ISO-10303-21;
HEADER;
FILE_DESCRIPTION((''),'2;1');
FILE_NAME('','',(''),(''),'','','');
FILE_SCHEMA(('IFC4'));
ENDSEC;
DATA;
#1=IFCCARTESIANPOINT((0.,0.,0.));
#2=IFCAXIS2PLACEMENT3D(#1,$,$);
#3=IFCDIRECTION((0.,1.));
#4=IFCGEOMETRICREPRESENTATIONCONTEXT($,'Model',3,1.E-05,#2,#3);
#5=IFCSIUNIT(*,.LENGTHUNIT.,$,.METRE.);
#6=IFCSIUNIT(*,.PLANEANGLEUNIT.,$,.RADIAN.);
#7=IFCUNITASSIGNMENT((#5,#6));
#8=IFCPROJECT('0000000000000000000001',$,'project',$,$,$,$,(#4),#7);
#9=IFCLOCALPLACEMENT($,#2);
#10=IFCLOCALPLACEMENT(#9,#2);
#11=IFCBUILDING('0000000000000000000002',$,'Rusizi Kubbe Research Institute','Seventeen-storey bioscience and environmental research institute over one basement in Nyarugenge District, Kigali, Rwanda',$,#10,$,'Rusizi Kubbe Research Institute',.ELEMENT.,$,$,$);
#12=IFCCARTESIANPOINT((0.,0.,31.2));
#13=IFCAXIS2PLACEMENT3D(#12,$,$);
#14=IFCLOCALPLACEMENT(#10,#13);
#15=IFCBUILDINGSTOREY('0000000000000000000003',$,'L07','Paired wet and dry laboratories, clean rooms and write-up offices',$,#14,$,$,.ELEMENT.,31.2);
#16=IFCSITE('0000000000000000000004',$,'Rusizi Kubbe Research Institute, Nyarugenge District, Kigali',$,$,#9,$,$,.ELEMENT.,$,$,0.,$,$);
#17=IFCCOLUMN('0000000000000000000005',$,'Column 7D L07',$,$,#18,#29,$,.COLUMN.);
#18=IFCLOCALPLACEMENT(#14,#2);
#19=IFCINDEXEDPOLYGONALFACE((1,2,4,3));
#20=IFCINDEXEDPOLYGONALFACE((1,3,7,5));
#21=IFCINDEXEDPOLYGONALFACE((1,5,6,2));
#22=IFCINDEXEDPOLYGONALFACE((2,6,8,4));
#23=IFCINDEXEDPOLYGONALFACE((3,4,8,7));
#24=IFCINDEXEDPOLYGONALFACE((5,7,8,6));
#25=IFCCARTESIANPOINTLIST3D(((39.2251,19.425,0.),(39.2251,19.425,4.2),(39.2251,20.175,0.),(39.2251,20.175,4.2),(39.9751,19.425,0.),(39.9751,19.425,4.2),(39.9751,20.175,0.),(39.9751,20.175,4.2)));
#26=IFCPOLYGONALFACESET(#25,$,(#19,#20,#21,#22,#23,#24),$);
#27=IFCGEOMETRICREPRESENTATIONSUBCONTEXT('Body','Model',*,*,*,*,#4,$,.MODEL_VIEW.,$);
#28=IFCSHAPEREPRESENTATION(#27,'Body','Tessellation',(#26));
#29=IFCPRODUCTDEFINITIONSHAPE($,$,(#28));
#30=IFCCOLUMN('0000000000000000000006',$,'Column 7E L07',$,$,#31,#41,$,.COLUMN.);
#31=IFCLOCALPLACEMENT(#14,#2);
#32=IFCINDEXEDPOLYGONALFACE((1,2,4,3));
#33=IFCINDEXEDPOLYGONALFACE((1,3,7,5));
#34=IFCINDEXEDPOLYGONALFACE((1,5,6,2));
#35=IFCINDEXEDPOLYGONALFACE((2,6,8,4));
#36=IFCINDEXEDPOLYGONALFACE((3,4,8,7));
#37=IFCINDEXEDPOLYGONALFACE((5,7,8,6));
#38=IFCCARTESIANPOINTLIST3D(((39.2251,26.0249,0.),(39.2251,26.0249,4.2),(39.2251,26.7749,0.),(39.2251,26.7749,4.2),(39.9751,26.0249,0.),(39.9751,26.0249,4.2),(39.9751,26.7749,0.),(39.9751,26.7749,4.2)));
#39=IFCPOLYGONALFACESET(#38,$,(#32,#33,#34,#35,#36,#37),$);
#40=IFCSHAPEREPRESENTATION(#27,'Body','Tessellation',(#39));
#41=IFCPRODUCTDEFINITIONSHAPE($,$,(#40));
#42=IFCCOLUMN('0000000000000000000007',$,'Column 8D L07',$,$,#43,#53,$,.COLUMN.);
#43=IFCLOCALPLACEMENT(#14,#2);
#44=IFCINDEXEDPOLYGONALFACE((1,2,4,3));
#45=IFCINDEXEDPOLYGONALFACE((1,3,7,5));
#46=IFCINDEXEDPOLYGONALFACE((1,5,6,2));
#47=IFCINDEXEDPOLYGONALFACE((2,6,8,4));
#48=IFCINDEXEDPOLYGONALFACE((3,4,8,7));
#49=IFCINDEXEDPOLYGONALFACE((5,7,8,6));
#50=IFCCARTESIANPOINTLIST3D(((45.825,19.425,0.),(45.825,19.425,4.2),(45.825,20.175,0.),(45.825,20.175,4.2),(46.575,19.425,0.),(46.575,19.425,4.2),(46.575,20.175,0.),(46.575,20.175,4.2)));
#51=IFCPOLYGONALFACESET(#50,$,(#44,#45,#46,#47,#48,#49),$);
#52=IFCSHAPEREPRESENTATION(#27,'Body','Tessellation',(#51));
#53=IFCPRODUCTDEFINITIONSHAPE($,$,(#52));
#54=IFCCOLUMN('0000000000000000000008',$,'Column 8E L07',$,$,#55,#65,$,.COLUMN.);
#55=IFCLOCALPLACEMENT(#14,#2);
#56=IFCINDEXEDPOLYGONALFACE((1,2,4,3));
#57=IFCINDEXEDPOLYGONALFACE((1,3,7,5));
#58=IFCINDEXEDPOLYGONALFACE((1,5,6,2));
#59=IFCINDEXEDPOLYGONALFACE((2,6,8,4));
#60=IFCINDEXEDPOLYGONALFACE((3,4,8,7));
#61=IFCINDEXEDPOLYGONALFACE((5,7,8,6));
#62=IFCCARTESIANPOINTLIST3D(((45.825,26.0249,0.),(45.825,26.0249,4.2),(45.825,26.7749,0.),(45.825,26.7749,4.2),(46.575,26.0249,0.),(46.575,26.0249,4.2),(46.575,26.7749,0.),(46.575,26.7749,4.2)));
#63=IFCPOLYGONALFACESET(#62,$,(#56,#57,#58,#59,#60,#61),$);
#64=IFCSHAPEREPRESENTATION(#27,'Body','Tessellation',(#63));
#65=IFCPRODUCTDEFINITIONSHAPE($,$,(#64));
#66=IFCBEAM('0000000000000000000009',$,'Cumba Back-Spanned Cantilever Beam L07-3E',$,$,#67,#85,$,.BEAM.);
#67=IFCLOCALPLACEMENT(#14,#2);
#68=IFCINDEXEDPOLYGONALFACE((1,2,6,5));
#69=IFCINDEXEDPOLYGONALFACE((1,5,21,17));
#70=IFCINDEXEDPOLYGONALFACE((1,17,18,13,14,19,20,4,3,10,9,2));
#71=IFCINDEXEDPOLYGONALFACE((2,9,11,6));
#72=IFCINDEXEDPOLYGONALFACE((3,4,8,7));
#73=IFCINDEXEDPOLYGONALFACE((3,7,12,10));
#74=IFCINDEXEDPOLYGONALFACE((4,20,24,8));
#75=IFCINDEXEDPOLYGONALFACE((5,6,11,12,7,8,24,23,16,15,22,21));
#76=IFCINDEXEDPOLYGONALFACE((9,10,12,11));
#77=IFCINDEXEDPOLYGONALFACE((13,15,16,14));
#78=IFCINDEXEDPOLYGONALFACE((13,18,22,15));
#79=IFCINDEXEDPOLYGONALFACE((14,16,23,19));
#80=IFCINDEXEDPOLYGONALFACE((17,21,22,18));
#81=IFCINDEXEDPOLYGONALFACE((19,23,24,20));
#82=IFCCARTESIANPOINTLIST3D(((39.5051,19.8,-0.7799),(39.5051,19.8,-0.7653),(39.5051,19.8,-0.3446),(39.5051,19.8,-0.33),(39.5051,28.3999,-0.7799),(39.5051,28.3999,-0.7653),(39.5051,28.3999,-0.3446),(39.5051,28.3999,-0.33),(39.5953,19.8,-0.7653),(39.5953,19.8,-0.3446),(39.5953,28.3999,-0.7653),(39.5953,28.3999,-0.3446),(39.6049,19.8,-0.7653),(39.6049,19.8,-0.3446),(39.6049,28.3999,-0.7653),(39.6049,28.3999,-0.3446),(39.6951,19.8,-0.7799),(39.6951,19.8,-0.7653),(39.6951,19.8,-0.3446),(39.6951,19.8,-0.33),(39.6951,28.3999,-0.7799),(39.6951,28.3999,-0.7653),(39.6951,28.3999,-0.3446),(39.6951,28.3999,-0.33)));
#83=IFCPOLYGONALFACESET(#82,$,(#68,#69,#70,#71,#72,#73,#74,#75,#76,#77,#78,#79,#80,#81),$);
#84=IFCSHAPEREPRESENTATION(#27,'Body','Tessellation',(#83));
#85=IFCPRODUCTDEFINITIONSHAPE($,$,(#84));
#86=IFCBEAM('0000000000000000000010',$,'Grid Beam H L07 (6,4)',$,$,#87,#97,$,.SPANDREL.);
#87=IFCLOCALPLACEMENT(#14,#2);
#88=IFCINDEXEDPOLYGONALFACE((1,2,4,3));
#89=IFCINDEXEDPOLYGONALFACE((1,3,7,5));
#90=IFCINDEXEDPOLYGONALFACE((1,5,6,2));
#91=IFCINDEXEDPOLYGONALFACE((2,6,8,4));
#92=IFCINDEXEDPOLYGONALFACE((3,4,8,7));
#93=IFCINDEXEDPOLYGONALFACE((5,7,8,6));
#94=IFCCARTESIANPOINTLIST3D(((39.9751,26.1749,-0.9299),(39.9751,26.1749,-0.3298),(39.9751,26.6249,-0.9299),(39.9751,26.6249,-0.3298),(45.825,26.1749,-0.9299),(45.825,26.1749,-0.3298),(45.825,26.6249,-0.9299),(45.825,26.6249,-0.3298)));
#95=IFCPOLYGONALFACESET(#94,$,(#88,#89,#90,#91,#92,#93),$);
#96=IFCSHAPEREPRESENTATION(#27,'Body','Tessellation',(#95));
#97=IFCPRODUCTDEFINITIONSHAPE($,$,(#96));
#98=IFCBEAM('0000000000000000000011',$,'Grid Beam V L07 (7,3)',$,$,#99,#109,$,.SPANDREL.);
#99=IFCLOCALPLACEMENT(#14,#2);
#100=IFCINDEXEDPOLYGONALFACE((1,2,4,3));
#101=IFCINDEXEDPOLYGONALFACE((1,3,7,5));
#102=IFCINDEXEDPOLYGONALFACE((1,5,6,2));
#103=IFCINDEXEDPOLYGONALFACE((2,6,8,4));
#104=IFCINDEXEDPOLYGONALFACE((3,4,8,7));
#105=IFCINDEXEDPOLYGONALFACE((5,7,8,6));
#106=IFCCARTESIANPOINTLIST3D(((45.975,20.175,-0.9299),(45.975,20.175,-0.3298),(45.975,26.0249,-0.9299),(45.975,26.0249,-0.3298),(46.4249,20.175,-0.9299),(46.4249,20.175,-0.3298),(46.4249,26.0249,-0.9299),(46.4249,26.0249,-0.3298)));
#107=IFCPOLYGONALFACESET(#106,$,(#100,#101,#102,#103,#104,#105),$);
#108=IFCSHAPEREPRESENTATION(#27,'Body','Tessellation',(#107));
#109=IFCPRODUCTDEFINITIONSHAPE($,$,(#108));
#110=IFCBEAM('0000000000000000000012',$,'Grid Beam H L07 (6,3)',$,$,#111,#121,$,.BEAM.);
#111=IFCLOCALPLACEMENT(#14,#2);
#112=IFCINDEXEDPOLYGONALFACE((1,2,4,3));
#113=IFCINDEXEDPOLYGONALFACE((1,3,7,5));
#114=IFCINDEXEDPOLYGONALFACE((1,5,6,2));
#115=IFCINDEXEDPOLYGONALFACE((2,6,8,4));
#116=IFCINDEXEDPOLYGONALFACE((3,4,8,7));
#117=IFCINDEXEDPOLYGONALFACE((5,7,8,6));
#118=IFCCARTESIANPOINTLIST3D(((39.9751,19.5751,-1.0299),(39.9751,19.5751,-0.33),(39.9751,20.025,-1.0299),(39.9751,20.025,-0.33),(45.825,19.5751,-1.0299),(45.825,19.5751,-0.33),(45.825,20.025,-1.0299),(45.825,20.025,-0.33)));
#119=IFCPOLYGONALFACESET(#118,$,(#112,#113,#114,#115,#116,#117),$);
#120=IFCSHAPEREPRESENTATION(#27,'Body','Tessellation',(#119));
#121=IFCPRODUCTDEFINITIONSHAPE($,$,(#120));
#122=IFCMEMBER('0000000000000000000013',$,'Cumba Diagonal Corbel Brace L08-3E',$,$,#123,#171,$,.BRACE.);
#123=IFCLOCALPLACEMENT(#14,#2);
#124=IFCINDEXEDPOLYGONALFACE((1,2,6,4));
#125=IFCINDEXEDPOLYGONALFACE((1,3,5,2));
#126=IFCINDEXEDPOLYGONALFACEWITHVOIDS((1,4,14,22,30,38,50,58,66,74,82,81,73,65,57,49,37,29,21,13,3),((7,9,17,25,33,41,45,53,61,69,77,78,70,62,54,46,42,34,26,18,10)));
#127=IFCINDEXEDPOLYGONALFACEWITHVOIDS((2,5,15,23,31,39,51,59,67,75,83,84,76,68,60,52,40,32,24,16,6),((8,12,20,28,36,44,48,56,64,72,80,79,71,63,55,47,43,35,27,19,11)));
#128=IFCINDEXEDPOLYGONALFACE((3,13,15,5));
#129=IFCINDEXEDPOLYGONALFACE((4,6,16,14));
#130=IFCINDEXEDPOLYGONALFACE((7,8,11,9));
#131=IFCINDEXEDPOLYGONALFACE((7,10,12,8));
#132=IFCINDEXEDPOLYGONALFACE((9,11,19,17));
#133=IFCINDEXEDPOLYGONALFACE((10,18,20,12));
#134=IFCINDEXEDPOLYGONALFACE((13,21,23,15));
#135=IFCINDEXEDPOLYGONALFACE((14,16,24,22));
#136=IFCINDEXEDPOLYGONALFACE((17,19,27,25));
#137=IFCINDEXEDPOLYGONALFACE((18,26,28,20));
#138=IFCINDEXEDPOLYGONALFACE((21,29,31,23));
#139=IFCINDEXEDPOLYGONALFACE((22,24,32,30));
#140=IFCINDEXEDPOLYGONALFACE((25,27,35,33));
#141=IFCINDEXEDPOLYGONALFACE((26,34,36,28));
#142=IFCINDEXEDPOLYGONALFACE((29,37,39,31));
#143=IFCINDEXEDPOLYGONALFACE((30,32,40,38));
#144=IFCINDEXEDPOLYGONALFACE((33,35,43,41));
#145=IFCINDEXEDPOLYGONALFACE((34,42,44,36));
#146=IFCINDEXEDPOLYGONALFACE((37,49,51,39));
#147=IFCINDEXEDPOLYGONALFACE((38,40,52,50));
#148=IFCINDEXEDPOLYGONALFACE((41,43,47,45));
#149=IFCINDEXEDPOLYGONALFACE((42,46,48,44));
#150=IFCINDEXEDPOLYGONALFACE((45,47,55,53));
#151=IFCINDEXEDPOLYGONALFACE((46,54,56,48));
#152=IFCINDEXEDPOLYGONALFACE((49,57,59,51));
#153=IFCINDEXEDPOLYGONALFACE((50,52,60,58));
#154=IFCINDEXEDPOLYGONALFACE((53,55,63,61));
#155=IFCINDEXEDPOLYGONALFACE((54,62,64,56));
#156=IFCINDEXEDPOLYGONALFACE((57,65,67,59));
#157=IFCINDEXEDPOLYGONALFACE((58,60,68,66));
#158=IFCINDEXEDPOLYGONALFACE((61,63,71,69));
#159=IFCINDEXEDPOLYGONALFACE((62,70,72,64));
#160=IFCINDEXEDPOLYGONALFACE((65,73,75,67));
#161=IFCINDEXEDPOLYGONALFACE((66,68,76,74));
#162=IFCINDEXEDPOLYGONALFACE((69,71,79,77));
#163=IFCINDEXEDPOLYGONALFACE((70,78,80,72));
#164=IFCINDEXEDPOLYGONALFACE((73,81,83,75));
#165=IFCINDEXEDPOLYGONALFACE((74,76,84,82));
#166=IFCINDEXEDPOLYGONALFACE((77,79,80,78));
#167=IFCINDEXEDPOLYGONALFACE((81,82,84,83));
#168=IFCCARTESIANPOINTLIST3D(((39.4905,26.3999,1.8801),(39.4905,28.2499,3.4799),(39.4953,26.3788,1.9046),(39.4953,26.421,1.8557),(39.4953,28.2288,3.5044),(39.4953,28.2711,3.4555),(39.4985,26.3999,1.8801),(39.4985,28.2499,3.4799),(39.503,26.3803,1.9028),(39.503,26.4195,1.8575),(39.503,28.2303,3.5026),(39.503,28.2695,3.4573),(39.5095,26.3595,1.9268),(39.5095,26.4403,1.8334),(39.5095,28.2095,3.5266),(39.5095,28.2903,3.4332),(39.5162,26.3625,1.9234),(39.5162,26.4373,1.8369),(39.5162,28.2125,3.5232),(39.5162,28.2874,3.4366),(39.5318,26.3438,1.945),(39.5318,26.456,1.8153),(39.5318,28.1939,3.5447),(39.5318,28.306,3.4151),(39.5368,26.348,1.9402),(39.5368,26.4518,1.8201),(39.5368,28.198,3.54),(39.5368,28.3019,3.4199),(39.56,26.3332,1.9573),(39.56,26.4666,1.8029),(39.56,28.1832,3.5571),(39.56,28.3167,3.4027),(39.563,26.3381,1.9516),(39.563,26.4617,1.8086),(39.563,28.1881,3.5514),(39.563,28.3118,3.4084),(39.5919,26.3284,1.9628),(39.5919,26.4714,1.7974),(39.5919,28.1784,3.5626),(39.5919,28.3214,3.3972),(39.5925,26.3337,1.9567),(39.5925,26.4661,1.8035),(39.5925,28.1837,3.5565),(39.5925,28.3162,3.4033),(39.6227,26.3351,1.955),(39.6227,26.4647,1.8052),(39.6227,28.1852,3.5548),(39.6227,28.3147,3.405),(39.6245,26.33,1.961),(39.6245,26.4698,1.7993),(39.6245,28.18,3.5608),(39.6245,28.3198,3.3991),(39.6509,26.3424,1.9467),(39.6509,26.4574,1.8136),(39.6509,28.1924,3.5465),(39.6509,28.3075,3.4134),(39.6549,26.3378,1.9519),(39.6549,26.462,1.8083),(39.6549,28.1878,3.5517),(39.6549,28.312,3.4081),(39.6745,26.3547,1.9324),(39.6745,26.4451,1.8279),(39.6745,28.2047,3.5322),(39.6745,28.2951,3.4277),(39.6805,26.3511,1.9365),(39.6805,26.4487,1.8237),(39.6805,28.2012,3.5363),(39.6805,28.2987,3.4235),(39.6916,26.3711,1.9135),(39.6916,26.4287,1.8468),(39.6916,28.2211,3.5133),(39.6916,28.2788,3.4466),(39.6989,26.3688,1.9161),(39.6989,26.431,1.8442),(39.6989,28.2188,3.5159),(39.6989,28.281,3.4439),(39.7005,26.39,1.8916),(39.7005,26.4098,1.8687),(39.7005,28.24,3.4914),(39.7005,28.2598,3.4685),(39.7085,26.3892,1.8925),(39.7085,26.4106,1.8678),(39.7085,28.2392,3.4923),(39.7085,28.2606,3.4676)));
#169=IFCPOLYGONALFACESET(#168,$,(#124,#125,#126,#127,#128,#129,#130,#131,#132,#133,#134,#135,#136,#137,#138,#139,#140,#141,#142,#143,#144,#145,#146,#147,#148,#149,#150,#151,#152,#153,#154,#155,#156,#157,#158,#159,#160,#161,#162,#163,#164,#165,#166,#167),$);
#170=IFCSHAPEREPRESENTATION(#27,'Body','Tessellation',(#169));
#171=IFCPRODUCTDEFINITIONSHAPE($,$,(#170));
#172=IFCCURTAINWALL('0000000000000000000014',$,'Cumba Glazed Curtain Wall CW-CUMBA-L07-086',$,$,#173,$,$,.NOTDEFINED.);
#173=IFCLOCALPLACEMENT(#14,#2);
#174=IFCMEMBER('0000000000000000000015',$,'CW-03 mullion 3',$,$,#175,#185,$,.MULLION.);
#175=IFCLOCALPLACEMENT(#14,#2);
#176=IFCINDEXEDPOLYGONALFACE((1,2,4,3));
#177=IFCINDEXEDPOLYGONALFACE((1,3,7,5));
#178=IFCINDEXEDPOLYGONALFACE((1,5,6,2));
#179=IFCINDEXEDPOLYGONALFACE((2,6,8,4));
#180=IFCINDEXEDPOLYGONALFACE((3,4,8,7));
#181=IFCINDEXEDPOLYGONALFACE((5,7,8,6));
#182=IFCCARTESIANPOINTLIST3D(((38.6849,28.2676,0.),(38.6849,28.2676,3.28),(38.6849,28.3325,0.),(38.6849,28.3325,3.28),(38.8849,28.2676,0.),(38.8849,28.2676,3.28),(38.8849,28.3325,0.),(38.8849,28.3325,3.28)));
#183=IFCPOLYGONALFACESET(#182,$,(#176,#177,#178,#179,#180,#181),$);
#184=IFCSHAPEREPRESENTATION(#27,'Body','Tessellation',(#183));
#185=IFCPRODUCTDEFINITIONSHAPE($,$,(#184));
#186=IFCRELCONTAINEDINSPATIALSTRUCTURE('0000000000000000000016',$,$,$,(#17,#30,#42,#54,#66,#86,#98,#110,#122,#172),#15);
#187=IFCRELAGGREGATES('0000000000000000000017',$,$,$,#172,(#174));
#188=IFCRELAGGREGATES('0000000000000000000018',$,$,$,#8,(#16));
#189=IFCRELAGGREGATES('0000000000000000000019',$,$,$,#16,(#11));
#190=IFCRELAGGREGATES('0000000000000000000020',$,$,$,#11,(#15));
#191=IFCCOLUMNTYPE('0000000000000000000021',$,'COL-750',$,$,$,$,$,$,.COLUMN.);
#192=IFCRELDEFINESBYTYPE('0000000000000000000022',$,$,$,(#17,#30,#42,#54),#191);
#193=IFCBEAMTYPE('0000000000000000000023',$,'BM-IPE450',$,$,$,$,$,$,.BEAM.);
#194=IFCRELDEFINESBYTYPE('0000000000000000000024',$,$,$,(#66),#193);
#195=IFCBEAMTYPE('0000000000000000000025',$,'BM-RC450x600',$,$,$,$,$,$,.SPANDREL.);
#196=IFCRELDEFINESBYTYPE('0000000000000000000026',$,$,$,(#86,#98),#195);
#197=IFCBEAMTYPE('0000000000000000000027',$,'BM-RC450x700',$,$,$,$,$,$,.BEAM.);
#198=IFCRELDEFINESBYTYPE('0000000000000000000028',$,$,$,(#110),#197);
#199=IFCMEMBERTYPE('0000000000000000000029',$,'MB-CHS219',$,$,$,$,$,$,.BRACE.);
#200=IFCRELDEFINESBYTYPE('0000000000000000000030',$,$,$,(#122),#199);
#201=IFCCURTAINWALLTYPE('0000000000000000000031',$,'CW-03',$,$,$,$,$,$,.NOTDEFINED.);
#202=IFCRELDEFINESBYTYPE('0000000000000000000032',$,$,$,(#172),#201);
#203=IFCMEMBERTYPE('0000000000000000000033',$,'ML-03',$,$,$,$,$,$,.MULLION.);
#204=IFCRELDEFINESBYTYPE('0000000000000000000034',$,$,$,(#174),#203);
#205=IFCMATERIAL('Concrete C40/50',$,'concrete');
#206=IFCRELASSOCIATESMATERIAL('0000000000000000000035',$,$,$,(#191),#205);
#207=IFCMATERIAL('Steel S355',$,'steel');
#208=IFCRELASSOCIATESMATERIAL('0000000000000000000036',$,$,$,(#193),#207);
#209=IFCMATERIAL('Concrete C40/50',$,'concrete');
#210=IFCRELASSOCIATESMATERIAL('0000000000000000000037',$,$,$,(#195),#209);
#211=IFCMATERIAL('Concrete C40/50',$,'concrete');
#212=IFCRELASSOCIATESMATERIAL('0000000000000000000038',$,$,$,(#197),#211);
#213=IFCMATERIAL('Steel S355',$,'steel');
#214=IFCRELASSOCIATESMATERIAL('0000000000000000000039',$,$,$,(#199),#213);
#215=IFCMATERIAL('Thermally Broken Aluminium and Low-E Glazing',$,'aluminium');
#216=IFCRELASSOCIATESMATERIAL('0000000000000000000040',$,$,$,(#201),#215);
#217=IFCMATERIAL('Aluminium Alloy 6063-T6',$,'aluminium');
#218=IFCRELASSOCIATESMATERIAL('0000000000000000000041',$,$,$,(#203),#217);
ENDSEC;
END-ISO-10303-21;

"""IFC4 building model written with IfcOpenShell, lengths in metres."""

from ifc_helpers import new_model, si_unit, direction, frame, origin, origin_2d, place, context, subcontext, project, spatial, rectangle, hollow_circle, i_section, extrude, material, material_profile, profile_set, type_object, element, aggregate, save


model = new_model("IFC4")

# Units and contexts
model_context = context("Model", 3, precision=1e-05, world=origin(), true_north=direction((0.0, 1.0)))
body_context = subcontext(model_context, "Body", "Model", "MODEL_VIEW")
ifc_project = project(units=[si_unit("LENGTHUNIT", "METRE"), si_unit("PLANEANGLEUNIT", "RADIAN")], contexts=[model_context])

# Site, building, storey
site_placement = place(None, origin())
site = spatial("IfcSite", under=ifc_project, at=site_placement, Name="Rusizi Kubbe Research Institute, Nyarugenge District, Kigali", CompositionType="ELEMENT", RefElevation=0.0)
building_placement = place(site_placement, origin())
building = spatial("IfcBuilding", under=site, at=building_placement, Name="Rusizi Kubbe Research Institute", Description="Seventeen-storey bioscience and environmental research institute over one basement in Nyarugenge District, Kigali, Rwanda", LongName="Rusizi Kubbe Research Institute", CompositionType="ELEMENT")
storey_placement = place(building_placement, frame((0.0, 0.0, 31.2)))
storey = spatial("IfcBuildingStorey", under=building, at=storey_placement, Name="L07", Description="Paired wet and dry laboratories, clean rooms and write-up offices", CompositionType="ELEMENT", Elevation=31.2)

# Columns
ifc_material_1 = material(Name="Concrete C40/50", Category="concrete")
ifc_material_profile_1 = material_profile(ifc_material_1, rectangle(XDim=0.75, YDim=0.75, at=origin_2d()), Name="RC750x750")
ifc_profile_set_1 = profile_set([ifc_material_profile_1], Name="Concrete C40/50")
column_type = type_object("IfcColumnType", Name="COL-750", PredefinedType="COLUMN", material=ifc_profile_set_1)
for number, where, z_axis, x_axis, name in (
    (1, (39.6001, 19.8, 0.0), (0.0, 0.0, 1.0), (1.0, 0.0, 0.0), "Column 7D L07"),
    (2, (39.6001, 26.3999, 0.0), (0.0, 0.0, 1.0), (1.0, 0.0, 0.0), "Column 7E L07"),
    (3, (46.2, 19.8, 0.0), (0.0, 0.0, 1.0), (1.0, 0.0, 0.0), "Column 8D L07"),
    (4, (46.2, 26.3999, 0.0), (0.0, 0.0, 1.0), (1.0, 0.0, 0.0), "Column 8E L07"),
):
    element("IfcColumn", number, at=place(storey_placement, frame(where, z_axis=z_axis, x_axis=x_axis)), inside=storey, type_object=column_type, Name=name, PredefinedType="COLUMN", context=body_context, shape_type="SweptSolid", body=[
        extrude(rectangle(XDim=0.75, YDim=0.75, at=origin_2d()), origin(), (0.0, 0.0, 1.0), 4.2),
    ])

# Beams
ifc_material_2 = material(Name="Steel S355", Category="steel")
ifc_material_profile_2 = material_profile(ifc_material_2, i_section(OverallWidth=0.1899, OverallDepth=0.45, WebThickness=0.0095, FlangeThickness=0.0146, at=origin_2d()), Name="IPE 450")
ifc_profile_set_2 = profile_set([ifc_material_profile_2], Name="Steel S355")
beam_type_1 = type_object("IfcBeamType", Name="BM-IPE450", PredefinedType="BEAM", material=ifc_profile_set_2)
beam_1_placement = place(storey_placement, frame((39.6001, 19.8, -0.5549), z_axis=(0.0, 1.0, 0.0), x_axis=(-1.0, 0.0, 0.0)))
element("IfcBeam", 5, at=beam_1_placement, inside=storey, type_object=beam_type_1, Name="Cumba Back-Spanned Cantilever Beam L07-3E", PredefinedType="BEAM", context=body_context, shape_type="SweptSolid", body=[
    extrude(i_section(OverallWidth=0.1899, OverallDepth=0.45, WebThickness=0.0095, FlangeThickness=0.0146, at=origin_2d()), origin(), (0.0, 0.0, 1.0), 8.5999),
])
ifc_material_3 = material(Name="Concrete C40/50", Category="concrete")
ifc_material_profile_3 = material_profile(ifc_material_3, rectangle(XDim=0.45, YDim=0.6001, at=origin_2d()), Name="RC450x600")
ifc_profile_set_3 = profile_set([ifc_material_profile_3], Name="Concrete C40/50")
beam_type_2 = type_object("IfcBeamType", Name="BM-RC450x600", PredefinedType="SPANDREL", material=ifc_profile_set_3)
for number, where, z_axis, x_axis, name in (
    (6, (39.9751, 26.3999, -0.6299), (1.0, 0.0, 0.0), (0.0, 1.0, 0.0), "Grid Beam H L07 (6,4)"),
    (7, (46.2, 20.175, -0.6299), (0.0, 1.0, 0.0), (-1.0, 0.0, 0.0), "Grid Beam V L07 (7,3)"),
):
    element("IfcBeam", number, at=place(storey_placement, frame(where, z_axis=z_axis, x_axis=x_axis)), inside=storey, type_object=beam_type_2, Name=name, PredefinedType="SPANDREL", context=body_context, shape_type="SweptSolid", body=[
        extrude(rectangle(XDim=0.45, YDim=0.6001, at=origin_2d()), origin(), (0.0, 0.0, 1.0), 5.8499),
    ])
ifc_material_4 = material(Name="Concrete C40/50", Category="concrete")
ifc_material_profile_4 = material_profile(ifc_material_4, rectangle(XDim=0.45, YDim=0.7, at=origin_2d()), Name="RC450x700B")
ifc_profile_set_4 = profile_set([ifc_material_profile_4], Name="Concrete C40/50")
beam_type_3 = type_object("IfcBeamType", Name="BM-RC450x700", PredefinedType="BEAM", material=ifc_profile_set_4)
beam_2_placement = place(storey_placement, frame((39.9751, 19.8, -0.6799), z_axis=(1.0, 0.0, 0.0), x_axis=(0.0, 1.0, 0.0)))
element("IfcBeam", 8, at=beam_2_placement, inside=storey, type_object=beam_type_3, Name="Grid Beam H L07 (6,3)", PredefinedType="BEAM", context=body_context, shape_type="SweptSolid", body=[
    extrude(rectangle(XDim=0.45, YDim=0.7, at=origin_2d()), origin(), (0.0, 0.0, 1.0), 5.8499),
])

# Member
ifc_material_5 = material(Name="Steel S355", Category="steel")
ifc_material_profile_5 = material_profile(ifc_material_5, hollow_circle(Radius=0.1096, WallThickness=0.0081, at=origin_2d()), Name="CHS 219.1x8.0")
ifc_profile_set_5 = profile_set([ifc_material_profile_5], Name="Steel S355")
member_type_1 = type_object("IfcMemberType", Name="MB-CHS219", PredefinedType="BRACE", material=ifc_profile_set_5)
member_1_placement = place(storey_placement, frame((39.6001, 26.3999, 1.8801), z_axis=(0.0, 0.75641, 0.654098), x_axis=(-1.0, 0.0, 0.0)))
element("IfcMember", 9, at=member_1_placement, inside=storey, type_object=member_type_1, Name="Cumba Diagonal Corbel Brace L08-3E", PredefinedType="BRACE", context=body_context, shape_type="SweptSolid", body=[
    extrude(hollow_circle(Radius=0.1096, WallThickness=0.0081, at=origin_2d()), origin(), (0.0, 0.0, 1.0), 2.4458),
])

# Curtain wall, member
ifc_material_6 = material(Name="Thermally Broken Aluminium and Low-E Glazing", Category="aluminium")
curtain_wall_type_1 = type_object("IfcCurtainWallType", Name="CW-03", PredefinedType="NOTDEFINED", material=ifc_material_6)
curtain_wall_1_placement = place(storey_placement, origin())
curtain_wall_1 = element("IfcCurtainWall", 10, at=curtain_wall_1_placement, inside=storey, type_object=curtain_wall_type_1, Name="Cumba Glazed Curtain Wall CW-CUMBA-L07-086", PredefinedType="NOTDEFINED")
ifc_material_7 = material(Name="Aluminium Alloy 6063-T6", Category="aluminium")
ifc_material_profile_6 = material_profile(ifc_material_7, rectangle(XDim=0.0649, YDim=0.2, at=origin_2d()), Name="ALU-M 65x200")
ifc_profile_set_6 = profile_set([ifc_material_profile_6], Name="Aluminium Alloy 6063-T6")
member_type_2 = type_object("IfcMemberType", Name="ML-03", PredefinedType="MULLION", material=ifc_profile_set_6)
member_2_placement = place(storey_placement, frame((38.7849, 28.3, 0.0), z_axis=(0.0, 0.0, 1.0), x_axis=(0.0, 1.0, 0.0)))
member_2 = element("IfcMember", 11, at=member_2_placement, type_object=member_type_2, Name="CW-03 mullion 3", PredefinedType="MULLION", context=body_context, shape_type="SweptSolid", body=[
    extrude(rectangle(XDim=0.0649, YDim=0.2, at=origin_2d()), origin(), (0.0, 0.0, 1.0), 3.28),
])

aggregate(curtain_wall_1, [member_2])

save(model, "model.ifc")
